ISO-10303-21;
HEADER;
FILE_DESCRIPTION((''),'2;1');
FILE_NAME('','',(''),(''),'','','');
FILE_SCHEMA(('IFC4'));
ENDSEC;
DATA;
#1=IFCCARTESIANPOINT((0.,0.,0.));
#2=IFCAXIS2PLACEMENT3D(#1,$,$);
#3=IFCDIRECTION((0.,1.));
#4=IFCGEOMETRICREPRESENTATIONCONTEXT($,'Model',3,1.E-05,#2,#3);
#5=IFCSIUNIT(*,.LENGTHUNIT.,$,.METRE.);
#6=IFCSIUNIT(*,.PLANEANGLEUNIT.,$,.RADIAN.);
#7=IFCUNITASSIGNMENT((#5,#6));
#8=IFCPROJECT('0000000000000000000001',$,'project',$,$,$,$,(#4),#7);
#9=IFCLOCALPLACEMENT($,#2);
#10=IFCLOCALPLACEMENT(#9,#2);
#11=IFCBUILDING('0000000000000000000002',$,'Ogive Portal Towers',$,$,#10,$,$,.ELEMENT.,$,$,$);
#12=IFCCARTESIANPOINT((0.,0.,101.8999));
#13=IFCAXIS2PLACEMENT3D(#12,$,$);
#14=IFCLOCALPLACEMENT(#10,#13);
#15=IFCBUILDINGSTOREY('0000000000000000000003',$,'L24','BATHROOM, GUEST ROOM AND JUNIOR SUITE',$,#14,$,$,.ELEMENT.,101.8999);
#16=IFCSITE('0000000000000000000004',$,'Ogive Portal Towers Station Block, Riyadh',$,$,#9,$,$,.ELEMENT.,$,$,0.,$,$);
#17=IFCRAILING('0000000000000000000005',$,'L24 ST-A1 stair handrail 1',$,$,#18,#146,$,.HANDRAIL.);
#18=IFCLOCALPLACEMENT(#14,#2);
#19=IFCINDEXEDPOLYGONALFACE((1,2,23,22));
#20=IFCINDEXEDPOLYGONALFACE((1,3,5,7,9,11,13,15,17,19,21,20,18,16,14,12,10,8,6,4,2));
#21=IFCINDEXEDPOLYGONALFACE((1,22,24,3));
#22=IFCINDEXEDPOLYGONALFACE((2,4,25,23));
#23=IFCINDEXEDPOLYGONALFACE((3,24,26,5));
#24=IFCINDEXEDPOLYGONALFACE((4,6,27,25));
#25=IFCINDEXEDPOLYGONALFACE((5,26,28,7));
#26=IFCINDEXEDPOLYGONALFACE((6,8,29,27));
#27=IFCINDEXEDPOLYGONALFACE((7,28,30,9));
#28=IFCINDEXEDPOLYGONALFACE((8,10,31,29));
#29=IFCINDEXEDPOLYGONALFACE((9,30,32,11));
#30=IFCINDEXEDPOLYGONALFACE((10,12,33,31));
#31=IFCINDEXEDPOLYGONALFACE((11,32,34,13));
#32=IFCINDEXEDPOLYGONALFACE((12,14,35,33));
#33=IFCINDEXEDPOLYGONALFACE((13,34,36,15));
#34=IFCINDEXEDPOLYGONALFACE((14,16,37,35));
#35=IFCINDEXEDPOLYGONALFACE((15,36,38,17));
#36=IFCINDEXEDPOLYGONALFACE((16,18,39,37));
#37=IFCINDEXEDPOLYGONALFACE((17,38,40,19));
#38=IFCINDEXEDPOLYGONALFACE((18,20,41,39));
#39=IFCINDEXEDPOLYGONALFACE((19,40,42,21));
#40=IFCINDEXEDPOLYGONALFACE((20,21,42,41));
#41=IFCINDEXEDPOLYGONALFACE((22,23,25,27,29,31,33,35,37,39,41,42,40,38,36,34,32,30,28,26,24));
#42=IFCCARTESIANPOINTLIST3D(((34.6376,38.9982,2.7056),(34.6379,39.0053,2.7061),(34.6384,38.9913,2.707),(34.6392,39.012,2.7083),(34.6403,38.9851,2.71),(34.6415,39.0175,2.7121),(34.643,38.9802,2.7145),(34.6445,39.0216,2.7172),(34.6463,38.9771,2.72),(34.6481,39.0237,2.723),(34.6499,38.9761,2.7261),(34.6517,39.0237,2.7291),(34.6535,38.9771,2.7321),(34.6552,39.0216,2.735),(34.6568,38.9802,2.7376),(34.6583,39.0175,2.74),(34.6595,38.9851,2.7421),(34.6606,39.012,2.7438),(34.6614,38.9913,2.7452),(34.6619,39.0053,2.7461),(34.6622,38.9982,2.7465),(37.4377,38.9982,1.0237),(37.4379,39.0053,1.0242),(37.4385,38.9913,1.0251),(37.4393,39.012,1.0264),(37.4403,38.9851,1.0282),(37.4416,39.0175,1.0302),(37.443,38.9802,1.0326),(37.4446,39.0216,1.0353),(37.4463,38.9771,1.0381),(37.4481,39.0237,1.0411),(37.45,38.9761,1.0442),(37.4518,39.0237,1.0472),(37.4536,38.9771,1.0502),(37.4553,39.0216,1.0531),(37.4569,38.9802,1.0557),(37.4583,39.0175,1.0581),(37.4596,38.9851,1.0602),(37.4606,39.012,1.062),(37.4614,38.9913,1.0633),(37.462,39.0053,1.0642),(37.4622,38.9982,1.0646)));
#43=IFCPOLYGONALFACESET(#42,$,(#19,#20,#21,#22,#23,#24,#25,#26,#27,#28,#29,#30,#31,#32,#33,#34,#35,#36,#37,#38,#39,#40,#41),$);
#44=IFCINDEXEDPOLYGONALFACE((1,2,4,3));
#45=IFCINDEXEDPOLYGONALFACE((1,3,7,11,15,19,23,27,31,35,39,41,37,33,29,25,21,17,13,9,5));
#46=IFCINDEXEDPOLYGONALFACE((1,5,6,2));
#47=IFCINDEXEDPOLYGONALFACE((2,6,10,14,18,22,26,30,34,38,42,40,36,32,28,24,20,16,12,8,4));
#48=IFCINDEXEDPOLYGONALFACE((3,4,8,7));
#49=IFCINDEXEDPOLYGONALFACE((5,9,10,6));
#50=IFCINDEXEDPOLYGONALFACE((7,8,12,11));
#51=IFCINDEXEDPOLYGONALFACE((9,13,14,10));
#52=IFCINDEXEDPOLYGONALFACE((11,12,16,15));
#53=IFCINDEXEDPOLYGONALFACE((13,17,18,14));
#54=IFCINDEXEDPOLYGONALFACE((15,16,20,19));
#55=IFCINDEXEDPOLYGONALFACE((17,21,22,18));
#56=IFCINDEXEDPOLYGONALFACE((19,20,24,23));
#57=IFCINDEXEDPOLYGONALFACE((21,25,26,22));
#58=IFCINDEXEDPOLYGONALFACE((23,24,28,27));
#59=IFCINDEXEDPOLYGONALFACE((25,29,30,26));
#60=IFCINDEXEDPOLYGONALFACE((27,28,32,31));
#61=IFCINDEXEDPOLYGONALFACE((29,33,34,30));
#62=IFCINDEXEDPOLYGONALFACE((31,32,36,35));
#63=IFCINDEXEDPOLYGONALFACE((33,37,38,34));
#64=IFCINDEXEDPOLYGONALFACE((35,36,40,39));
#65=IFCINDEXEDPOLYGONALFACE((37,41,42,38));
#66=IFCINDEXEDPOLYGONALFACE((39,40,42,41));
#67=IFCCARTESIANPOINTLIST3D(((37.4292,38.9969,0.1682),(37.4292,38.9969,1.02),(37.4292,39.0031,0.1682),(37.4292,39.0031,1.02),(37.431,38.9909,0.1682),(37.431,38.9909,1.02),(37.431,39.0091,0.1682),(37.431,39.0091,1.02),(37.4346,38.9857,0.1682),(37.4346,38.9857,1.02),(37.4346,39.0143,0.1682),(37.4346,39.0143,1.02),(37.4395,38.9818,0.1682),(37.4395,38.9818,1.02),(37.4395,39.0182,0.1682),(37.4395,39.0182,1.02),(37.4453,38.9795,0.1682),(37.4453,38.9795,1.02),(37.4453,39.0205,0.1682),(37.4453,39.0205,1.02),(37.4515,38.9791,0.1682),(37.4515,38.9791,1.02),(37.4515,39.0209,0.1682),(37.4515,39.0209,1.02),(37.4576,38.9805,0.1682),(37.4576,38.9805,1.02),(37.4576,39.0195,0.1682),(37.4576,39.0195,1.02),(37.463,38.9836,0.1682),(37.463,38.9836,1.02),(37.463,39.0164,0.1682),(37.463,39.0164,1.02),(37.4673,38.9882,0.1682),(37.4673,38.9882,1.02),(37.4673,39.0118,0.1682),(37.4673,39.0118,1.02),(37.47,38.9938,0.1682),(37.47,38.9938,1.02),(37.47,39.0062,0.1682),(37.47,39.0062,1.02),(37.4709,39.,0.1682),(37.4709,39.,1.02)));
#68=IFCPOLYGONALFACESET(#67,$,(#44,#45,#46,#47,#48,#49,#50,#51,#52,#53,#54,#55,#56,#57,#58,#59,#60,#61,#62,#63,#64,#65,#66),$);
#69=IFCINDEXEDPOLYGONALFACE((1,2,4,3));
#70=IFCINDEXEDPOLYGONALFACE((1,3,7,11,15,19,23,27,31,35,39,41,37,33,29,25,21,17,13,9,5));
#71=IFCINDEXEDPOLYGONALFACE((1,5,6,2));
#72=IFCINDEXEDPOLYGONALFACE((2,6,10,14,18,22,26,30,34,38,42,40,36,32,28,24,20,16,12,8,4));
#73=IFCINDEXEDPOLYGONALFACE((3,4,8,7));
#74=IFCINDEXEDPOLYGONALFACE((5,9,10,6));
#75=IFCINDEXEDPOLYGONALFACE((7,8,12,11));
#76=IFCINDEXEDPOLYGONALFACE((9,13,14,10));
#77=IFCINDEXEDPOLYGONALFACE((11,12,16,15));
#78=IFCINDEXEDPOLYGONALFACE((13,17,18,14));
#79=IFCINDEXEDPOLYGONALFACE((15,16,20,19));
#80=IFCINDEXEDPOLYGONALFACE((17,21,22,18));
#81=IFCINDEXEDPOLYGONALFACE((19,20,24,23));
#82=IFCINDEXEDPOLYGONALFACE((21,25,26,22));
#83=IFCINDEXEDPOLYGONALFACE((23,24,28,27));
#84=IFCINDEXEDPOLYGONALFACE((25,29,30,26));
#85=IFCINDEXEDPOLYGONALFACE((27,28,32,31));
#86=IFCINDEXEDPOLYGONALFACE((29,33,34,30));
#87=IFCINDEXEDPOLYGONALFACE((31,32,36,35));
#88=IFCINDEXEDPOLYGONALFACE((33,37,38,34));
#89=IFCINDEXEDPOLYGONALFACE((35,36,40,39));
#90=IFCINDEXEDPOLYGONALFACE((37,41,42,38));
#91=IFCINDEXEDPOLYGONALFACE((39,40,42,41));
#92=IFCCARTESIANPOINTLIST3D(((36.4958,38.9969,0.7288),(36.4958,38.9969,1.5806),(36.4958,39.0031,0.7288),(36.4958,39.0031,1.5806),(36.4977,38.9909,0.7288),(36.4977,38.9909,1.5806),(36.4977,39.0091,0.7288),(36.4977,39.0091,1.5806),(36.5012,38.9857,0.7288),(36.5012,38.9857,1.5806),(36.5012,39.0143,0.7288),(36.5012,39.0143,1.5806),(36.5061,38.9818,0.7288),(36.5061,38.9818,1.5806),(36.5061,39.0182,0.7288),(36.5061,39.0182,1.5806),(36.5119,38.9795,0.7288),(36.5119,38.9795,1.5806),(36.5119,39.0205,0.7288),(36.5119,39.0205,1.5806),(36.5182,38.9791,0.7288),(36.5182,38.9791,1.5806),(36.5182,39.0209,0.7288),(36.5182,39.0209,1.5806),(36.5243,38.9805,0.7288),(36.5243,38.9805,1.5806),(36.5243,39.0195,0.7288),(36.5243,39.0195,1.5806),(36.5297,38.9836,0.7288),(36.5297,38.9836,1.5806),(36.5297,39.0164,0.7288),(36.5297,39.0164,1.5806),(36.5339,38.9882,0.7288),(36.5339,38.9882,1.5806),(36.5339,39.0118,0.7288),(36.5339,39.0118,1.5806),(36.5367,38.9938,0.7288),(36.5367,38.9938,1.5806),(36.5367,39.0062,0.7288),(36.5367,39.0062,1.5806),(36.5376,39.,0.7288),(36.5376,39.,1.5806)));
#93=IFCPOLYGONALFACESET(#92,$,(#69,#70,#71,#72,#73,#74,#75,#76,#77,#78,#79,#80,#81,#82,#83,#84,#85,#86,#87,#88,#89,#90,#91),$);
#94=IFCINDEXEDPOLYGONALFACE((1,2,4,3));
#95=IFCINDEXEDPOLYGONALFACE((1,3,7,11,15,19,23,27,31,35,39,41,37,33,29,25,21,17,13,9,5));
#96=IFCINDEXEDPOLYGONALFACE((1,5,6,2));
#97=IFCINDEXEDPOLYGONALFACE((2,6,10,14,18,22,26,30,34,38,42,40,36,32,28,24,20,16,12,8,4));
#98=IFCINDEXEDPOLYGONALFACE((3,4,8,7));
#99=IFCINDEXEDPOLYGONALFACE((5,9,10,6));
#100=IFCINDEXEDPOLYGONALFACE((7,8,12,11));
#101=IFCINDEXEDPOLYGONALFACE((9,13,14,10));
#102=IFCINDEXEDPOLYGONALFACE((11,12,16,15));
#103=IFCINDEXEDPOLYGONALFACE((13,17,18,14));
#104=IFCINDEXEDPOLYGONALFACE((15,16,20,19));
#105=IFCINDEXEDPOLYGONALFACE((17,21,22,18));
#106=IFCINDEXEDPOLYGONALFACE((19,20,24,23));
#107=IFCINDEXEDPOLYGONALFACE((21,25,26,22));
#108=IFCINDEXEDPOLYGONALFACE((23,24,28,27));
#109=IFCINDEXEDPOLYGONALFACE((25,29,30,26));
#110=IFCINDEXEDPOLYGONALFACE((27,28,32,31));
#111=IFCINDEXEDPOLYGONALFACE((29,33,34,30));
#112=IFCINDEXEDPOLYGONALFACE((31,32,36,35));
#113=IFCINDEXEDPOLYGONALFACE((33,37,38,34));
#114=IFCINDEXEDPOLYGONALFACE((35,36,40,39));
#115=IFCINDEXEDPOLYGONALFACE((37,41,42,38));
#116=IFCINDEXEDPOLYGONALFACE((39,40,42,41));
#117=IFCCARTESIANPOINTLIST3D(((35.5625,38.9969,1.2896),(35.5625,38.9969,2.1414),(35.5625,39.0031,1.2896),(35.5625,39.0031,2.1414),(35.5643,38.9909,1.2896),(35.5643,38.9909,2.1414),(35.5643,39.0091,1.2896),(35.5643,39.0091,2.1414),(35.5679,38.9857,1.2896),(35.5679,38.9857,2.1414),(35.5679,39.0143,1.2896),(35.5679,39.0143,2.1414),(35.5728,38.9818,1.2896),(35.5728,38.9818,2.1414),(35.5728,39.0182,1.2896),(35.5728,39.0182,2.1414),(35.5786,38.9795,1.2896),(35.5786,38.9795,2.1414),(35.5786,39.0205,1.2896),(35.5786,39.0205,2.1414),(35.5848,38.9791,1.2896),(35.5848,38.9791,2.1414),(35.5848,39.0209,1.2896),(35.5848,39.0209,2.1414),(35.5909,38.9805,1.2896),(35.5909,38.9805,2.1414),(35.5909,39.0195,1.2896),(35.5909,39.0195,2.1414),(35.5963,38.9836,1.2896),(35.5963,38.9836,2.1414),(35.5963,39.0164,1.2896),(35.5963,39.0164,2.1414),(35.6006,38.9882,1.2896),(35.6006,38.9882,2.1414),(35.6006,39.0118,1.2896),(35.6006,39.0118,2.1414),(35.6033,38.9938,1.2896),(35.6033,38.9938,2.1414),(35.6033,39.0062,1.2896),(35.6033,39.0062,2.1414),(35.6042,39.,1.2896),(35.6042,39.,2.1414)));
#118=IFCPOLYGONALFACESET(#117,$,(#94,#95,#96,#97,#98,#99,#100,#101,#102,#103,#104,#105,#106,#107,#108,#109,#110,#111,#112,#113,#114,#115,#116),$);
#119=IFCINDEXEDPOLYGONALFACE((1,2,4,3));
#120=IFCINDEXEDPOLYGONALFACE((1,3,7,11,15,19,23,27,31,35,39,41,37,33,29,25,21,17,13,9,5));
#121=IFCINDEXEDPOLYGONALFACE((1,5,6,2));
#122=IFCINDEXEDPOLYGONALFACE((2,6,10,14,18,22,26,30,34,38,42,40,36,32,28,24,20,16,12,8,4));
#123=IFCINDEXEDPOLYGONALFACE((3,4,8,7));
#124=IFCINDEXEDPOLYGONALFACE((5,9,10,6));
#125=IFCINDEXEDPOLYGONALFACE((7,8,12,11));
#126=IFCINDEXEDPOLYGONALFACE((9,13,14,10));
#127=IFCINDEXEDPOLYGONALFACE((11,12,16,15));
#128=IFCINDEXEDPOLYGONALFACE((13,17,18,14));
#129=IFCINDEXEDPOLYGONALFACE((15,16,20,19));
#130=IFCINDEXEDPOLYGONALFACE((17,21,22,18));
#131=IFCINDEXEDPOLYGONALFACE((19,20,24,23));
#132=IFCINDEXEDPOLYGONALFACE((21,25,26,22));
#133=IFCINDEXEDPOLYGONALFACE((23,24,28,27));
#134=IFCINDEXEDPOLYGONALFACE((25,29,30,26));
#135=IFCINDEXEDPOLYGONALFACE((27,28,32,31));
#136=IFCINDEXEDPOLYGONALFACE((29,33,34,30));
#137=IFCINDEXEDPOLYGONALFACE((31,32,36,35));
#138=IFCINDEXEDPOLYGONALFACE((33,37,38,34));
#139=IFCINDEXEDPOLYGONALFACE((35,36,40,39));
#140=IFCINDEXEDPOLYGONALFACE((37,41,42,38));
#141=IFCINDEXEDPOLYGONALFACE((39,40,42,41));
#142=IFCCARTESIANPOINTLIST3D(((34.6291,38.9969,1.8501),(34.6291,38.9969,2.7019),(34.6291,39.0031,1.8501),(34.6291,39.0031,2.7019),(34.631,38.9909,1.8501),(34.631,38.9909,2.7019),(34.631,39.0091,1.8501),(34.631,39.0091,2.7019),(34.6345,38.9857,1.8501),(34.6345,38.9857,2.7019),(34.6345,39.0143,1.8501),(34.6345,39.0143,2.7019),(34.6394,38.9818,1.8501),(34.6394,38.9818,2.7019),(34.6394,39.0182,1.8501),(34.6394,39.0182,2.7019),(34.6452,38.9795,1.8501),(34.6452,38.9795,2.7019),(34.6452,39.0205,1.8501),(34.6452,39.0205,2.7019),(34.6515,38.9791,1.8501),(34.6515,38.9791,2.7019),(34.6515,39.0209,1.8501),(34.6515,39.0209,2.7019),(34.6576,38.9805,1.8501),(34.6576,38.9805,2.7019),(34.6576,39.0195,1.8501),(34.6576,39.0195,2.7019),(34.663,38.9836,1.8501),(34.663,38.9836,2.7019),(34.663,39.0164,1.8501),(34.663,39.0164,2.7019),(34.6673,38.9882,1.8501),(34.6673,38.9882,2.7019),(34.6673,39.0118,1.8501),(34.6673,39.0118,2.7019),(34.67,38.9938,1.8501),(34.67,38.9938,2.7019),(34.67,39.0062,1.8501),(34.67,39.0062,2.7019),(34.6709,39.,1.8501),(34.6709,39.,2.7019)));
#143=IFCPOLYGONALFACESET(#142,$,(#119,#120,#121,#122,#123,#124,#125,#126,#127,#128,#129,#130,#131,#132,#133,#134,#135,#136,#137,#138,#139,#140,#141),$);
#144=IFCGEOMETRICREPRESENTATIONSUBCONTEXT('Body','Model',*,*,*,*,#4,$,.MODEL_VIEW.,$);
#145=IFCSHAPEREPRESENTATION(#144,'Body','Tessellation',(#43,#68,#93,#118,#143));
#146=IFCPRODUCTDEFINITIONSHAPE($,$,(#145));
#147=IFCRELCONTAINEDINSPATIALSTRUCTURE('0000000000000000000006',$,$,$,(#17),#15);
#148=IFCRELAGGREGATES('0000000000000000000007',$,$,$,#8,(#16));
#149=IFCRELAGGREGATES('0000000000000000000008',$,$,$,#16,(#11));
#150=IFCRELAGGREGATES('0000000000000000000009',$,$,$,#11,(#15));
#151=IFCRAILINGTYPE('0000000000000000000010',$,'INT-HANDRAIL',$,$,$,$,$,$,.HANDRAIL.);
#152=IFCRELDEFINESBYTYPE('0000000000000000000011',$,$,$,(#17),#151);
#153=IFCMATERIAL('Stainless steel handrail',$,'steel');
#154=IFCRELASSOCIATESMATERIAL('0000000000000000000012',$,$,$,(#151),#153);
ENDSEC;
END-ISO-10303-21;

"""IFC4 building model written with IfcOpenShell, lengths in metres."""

from ifc_helpers import new_model, si_unit, direction, frame, origin, origin_2d, place, context, subcontext, project, spatial, circle, extrude, material, type_object, element, save


model = new_model("IFC4")

# Units and contexts
model_context = context("Model", 3, precision=1e-05, world=origin(), true_north=direction((0.0, 1.0)))
body_context = subcontext(model_context, "Body", "Model", "MODEL_VIEW")
ifc_project = project(units=[si_unit("LENGTHUNIT", "METRE"), si_unit("PLANEANGLEUNIT", "RADIAN")], contexts=[model_context])

# Site, building, storey
site_placement = place(None, origin())
site = spatial("IfcSite", under=ifc_project, at=site_placement, Name="Ogive Portal Towers Station Block, Riyadh", CompositionType="ELEMENT", RefElevation=0.0)
building_placement = place(site_placement, origin())
building = spatial("IfcBuilding", under=site, at=building_placement, Name="Ogive Portal Towers", CompositionType="ELEMENT")
storey_placement = place(building_placement, frame((0.0, 0.0, 101.8999)))
storey = spatial("IfcBuildingStorey", under=building, at=storey_placement, Name="L24", Description="BATHROOM, GUEST ROOM AND JUNIOR SUITE", CompositionType="ELEMENT", Elevation=101.8999)

# Railing
ifc_material_1 = material(Name="Stainless steel handrail", Category="steel")
railing_type_1 = type_object("IfcRailingType", Name="INT-HANDRAIL", PredefinedType="HANDRAIL", material=ifc_material_1)
railing_1_placement = place(storey_placement, frame((37.45, 39.0, 0.1682)))
element("IfcRailing", 1, at=railing_1_placement, inside=storey, type_object=railing_type_1, Name="L24 ST-A1 stair handrail 1", PredefinedType="HANDRAIL", context=body_context, shape_type="SweptSolid", body=[
    extrude(circle(Radius=0.0239, at=origin_2d()), frame((0.0, 0.0, 0.876), z_axis=(-0.857242, 0.0, 0.514913), x_axis=(0.0, -1.0, 0.0)), (0.0, 0.0, 1.0), 3.2664),
    extrude(circle(Radius=0.021, at=origin_2d()), origin(), (0.0, 0.0, 1.0), 0.8518),
    extrude(circle(Radius=0.021, at=origin_2d()), frame((-0.9333, 0.0, 0.5605)), (0.0, 0.0, 1.0), 0.8518),
    extrude(circle(Radius=0.021, at=origin_2d()), frame((-1.8667, 0.0, 1.1213)), (0.0, 0.0, 1.0), 0.8518),
    extrude(circle(Radius=0.021, at=origin_2d()), frame((-2.8, 0.0, 1.6819)), (0.0, 0.0, 1.0), 0.8518),
])

save(model, "model.ifc")
